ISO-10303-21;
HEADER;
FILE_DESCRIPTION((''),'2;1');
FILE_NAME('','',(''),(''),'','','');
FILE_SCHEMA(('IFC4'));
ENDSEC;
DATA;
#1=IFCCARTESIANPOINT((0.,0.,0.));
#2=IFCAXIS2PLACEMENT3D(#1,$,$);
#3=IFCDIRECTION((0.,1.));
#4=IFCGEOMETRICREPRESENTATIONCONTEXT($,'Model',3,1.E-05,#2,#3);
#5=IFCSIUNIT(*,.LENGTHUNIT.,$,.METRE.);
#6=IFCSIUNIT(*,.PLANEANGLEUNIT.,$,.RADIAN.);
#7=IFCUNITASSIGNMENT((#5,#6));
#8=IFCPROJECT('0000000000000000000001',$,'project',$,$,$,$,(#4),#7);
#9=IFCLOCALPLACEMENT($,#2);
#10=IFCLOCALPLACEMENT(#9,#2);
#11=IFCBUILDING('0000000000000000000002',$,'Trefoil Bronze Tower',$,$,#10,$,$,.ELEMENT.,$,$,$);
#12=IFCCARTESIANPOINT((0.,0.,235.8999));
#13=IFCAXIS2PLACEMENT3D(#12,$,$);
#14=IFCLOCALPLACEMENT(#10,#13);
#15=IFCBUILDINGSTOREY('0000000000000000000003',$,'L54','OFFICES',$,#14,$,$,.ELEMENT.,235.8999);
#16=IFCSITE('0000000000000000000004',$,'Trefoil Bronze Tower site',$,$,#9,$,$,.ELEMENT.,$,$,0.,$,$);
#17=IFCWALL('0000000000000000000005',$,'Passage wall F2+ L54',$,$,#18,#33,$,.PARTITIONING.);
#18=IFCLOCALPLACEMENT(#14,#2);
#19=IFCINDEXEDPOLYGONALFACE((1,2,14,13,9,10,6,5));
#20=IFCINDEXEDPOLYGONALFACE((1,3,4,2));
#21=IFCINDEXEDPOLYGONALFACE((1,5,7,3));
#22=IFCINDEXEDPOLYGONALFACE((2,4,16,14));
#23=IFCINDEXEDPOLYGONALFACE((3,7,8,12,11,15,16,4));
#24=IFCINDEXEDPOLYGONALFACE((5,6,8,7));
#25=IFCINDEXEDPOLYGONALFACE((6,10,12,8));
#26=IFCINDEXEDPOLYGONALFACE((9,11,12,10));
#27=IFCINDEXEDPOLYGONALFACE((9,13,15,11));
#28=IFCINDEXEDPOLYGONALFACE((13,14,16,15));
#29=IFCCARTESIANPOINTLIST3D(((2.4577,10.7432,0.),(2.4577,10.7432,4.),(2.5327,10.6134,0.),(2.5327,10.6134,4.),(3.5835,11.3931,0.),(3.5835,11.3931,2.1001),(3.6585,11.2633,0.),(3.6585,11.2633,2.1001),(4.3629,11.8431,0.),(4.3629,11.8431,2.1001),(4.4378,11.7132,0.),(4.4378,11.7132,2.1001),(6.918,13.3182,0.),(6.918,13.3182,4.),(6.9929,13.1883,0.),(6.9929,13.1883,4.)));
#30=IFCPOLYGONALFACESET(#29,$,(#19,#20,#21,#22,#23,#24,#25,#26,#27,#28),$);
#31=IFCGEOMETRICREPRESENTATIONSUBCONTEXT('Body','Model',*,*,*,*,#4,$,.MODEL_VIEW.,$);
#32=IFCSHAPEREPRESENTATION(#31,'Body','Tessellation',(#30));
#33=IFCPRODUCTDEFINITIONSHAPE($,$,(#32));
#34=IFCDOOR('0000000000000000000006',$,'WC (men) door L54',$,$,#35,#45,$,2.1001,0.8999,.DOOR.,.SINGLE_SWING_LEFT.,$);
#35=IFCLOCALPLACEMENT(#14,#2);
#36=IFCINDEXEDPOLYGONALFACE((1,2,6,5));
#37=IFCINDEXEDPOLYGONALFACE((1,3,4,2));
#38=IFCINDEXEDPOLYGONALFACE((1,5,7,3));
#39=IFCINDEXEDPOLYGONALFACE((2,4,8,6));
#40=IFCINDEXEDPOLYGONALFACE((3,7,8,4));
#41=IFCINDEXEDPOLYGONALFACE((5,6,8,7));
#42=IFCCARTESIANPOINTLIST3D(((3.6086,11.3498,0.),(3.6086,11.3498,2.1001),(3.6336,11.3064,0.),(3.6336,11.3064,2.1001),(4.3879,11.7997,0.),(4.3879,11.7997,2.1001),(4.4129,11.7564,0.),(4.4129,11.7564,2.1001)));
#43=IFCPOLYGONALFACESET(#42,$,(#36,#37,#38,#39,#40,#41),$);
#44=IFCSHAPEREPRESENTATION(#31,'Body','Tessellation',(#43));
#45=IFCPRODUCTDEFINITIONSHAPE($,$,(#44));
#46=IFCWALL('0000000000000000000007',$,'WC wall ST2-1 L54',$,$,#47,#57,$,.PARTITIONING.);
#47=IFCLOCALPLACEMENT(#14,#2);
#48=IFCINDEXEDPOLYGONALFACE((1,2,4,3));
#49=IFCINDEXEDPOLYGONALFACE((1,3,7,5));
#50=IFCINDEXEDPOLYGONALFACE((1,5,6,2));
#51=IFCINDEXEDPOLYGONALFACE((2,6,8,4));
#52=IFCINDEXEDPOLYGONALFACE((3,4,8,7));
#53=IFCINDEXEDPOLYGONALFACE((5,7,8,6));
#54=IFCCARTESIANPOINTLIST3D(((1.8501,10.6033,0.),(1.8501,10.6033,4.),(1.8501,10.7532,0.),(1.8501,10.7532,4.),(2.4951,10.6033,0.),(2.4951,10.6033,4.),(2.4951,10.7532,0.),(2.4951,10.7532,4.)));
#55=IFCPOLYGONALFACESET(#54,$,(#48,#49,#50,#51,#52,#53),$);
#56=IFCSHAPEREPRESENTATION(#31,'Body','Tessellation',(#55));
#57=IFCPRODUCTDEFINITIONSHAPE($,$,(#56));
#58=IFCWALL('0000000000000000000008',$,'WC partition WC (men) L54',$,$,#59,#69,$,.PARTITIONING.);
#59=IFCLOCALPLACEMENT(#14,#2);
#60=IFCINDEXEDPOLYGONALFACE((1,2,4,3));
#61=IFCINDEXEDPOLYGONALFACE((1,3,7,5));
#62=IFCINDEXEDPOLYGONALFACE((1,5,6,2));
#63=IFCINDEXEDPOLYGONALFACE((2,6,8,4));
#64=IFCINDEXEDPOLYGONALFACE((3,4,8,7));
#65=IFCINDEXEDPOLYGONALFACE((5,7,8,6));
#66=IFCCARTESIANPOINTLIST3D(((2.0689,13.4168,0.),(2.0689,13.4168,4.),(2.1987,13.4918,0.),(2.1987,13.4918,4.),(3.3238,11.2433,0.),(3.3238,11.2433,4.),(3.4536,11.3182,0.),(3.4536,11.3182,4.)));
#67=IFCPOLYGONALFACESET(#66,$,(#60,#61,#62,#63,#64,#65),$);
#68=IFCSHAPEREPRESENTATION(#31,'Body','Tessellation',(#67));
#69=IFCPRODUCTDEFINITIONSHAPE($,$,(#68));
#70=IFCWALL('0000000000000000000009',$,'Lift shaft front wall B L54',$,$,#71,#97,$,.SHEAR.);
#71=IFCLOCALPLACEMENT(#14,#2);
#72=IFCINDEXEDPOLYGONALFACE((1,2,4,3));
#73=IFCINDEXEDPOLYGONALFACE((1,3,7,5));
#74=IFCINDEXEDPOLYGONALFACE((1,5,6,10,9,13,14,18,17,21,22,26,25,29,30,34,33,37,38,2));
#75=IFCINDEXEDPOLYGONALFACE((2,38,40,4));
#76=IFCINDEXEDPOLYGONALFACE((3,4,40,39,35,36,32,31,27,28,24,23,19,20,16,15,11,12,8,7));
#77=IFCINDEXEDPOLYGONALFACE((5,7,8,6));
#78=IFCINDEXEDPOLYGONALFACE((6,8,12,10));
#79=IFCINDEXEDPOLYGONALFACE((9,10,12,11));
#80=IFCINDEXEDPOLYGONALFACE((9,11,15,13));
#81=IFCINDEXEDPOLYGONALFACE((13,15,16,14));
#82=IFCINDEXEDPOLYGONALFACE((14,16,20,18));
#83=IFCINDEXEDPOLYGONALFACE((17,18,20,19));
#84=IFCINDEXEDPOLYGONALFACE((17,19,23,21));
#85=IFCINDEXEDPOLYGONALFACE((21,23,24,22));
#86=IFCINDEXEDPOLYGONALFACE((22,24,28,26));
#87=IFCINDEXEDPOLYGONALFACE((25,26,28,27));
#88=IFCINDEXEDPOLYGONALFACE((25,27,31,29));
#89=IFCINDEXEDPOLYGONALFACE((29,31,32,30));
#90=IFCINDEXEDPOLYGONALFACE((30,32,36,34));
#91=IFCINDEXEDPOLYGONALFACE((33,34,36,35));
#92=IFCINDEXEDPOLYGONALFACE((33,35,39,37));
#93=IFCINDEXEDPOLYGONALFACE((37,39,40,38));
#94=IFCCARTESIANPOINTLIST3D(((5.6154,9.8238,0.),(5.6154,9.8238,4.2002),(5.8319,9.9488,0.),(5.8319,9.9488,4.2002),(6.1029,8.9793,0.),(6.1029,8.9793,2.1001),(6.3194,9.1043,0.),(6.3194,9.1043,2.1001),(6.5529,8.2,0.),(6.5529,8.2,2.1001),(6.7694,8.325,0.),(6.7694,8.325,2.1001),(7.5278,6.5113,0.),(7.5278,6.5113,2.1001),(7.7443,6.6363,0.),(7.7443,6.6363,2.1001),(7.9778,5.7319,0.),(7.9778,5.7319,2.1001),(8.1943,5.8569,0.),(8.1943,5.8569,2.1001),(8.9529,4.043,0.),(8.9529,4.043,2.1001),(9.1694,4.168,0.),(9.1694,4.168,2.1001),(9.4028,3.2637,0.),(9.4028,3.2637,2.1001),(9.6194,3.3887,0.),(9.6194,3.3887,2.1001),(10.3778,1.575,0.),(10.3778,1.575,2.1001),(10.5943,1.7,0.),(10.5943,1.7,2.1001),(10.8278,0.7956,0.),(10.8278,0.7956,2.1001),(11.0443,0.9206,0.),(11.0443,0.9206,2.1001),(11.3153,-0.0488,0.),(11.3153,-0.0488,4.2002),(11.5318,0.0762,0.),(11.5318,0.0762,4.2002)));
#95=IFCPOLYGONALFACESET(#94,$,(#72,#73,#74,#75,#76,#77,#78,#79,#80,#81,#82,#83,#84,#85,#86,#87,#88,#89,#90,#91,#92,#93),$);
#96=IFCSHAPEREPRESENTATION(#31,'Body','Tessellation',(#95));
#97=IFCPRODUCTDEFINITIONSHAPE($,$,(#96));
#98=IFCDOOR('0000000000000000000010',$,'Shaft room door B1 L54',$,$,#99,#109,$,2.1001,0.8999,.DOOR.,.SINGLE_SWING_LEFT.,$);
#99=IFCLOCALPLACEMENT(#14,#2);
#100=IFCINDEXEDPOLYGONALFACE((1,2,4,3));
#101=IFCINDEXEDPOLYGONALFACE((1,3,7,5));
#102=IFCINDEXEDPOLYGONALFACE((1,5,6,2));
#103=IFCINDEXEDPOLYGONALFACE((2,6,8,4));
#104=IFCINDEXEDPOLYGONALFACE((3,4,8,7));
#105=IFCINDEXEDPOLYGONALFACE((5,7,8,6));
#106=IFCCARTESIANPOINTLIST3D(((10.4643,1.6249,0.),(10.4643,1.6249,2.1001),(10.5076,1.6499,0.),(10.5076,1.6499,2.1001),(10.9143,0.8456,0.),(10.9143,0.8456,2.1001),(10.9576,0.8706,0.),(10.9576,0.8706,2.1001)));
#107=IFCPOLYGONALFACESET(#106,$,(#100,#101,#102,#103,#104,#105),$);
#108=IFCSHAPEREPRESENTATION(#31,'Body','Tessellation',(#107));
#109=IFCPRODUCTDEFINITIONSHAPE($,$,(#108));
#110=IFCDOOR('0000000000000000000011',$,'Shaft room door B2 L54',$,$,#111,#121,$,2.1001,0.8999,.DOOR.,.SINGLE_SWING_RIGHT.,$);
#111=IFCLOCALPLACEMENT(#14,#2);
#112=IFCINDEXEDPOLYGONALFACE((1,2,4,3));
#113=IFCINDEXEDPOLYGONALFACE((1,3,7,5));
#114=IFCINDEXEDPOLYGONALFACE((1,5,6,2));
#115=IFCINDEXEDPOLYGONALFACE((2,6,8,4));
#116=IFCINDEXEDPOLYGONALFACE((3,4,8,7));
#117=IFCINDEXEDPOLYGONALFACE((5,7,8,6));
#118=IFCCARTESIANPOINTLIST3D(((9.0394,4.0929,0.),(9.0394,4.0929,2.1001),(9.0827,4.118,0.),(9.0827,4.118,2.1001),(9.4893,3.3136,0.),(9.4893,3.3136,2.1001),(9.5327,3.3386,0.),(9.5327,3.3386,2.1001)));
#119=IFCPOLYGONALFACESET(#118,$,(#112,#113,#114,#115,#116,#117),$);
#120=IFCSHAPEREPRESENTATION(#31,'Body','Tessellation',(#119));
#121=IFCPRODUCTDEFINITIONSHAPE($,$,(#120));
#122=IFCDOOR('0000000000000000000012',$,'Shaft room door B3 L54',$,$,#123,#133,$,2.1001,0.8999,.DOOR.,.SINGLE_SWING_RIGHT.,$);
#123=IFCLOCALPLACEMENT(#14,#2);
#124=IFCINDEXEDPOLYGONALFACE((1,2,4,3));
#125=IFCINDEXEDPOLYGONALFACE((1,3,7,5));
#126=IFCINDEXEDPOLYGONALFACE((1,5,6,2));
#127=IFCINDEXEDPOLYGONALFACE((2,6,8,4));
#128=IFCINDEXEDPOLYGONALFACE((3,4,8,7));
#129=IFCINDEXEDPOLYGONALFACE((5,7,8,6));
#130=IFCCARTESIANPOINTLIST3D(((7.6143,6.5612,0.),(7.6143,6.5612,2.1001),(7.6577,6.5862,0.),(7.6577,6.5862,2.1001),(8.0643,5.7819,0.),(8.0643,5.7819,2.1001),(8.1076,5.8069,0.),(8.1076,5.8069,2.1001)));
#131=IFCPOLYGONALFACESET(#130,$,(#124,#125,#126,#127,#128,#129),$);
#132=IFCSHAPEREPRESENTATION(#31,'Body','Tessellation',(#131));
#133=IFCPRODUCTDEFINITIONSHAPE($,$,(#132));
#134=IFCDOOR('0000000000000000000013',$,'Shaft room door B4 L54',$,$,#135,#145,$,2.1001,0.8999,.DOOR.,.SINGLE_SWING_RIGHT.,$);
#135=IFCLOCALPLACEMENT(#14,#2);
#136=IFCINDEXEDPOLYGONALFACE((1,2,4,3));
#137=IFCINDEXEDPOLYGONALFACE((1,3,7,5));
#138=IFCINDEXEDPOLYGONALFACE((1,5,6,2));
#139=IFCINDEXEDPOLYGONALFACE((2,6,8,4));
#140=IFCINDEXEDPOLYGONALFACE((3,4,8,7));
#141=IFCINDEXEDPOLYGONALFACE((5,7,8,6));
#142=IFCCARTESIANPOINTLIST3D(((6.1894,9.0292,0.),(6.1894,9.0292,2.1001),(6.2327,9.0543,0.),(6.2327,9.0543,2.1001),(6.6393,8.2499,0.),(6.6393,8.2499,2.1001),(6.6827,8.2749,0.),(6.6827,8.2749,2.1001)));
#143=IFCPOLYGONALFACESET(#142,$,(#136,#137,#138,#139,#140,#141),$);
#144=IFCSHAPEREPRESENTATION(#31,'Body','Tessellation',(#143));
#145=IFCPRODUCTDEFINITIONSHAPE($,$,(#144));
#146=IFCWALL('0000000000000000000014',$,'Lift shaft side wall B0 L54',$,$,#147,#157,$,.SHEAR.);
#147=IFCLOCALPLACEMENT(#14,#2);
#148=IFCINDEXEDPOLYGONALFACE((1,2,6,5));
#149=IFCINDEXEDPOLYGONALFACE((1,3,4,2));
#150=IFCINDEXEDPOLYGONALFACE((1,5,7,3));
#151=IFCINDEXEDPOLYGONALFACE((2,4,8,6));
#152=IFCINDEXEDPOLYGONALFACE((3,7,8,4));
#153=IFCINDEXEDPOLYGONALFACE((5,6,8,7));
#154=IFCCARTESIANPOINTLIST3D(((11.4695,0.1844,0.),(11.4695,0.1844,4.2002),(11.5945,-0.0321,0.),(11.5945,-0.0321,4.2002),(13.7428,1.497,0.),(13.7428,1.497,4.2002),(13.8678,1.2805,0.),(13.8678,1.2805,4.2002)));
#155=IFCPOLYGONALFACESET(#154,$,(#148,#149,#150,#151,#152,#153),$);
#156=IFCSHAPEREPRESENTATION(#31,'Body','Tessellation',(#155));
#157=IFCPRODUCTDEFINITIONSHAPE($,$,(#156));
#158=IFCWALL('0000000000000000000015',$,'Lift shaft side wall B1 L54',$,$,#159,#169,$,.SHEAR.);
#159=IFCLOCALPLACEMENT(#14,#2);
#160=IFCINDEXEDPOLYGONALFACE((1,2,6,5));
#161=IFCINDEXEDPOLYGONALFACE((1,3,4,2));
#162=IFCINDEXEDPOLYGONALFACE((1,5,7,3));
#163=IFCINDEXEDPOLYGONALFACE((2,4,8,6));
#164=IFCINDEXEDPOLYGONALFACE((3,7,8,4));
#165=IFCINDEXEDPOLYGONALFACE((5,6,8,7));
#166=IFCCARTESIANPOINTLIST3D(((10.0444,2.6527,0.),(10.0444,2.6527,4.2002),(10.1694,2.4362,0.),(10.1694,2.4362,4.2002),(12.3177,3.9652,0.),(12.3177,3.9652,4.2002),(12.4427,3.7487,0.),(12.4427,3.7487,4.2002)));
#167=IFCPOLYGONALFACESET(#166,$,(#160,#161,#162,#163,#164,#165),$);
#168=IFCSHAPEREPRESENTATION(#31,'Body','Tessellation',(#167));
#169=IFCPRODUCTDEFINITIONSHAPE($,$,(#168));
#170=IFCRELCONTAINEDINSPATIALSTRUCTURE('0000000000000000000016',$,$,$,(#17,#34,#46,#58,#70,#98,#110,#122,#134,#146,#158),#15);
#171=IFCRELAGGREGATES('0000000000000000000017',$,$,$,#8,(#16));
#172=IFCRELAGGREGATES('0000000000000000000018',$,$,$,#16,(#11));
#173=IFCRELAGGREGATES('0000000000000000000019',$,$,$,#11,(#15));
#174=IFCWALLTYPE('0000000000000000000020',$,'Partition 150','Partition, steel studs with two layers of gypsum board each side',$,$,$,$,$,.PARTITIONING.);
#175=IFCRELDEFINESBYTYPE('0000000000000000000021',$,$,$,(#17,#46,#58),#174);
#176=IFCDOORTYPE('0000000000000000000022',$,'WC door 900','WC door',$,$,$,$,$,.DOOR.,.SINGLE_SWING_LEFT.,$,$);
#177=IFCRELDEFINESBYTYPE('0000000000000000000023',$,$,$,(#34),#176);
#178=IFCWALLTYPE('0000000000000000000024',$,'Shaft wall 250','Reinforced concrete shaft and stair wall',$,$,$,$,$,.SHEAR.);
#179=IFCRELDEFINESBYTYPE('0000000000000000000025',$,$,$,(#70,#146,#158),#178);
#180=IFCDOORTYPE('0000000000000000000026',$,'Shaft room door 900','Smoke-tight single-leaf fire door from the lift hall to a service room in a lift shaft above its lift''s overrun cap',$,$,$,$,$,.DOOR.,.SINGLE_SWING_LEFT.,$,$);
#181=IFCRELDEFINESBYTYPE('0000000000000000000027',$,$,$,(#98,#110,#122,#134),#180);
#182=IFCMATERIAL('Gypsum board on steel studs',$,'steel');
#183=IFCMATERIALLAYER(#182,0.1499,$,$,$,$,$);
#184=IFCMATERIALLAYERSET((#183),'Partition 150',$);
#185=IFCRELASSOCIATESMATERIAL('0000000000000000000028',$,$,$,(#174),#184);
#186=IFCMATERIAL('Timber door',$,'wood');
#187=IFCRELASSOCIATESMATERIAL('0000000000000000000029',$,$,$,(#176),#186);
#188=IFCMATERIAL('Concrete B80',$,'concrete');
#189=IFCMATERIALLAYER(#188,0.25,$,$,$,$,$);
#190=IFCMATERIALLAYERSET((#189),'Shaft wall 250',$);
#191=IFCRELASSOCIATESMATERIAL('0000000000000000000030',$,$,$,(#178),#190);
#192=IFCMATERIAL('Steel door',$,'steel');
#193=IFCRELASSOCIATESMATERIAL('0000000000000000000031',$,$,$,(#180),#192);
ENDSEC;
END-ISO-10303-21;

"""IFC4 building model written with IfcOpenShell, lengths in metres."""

from ifc_helpers import new_model, si_unit, direction, frame, frame_2d, origin, place, context, subcontext, project, spatial, rectangle, extrude, material, layer, layer_set, type_object, element, fill, save


model = new_model("IFC4")

# Units and contexts
model_context = context("Model", 3, precision=1e-05, world=origin(), true_north=direction((0.0, 1.0)))
body_context = subcontext(model_context, "Body", "Model", "MODEL_VIEW")
ifc_project = project(units=[si_unit("LENGTHUNIT", "METRE"), si_unit("PLANEANGLEUNIT", "RADIAN")], contexts=[model_context])

# Site, building, storey
site_placement = place(None, origin())
site = spatial("IfcSite", under=ifc_project, at=site_placement, Name="Trefoil Bronze Tower site", CompositionType="ELEMENT", RefElevation=0.0)
building_placement = place(site_placement, origin())
building = spatial("IfcBuilding", under=site, at=building_placement, Name="Trefoil Bronze Tower", CompositionType="ELEMENT")
storey_placement = place(building_placement, frame((0.0, 0.0, 235.8999)))
storey = spatial("IfcBuildingStorey", under=building, at=storey_placement, Name="L54", Description="OFFICES", CompositionType="ELEMENT", Elevation=235.8999)

# Wall, opening, door
ifc_material_1 = material(Name="Gypsum board on steel studs", Category="steel")
ifc_layer_1 = layer(ifc_material_1, 0.1499)
ifc_layer_set_1 = layer_set([ifc_layer_1], Name="Partition 150")
wall_type_1 = type_object("IfcWallType", Name="Partition 150", Description="Partition, steel studs with two layers of gypsum board each side", PredefinedType="PARTITIONING", material=ifc_layer_set_1)
wall_1_placement = place(storey_placement, frame((2.4951, 10.6782, 0.0), z_axis=(0.0, 0.0, 1.0), x_axis=(0.866038, 0.499978, 0.0)))
wall_1 = element("IfcWall", 1, at=wall_1_placement, inside=storey, type_object=wall_type_1, Name="Passage wall F2+ L54", PredefinedType="PARTITIONING", context=body_context, shape_type="SweptSolid", body=[
    extrude(rectangle(XDim=5.1501, YDim=0.1499, at=frame_2d((2.5752, 0.0))), origin(), (0.0, 0.0, 1.0), 4.0),
])
opening_1_placement = place(wall_1_placement, frame((1.3, 0.0, 0.0)))
opening_1 = element("IfcOpeningElement", 2, at=opening_1_placement, cuts=wall_1, PredefinedType="OPENING", context=body_context, shape_type="SweptSolid", body=[
    extrude(rectangle(XDim=0.8999, YDim=2.1001, at=frame_2d((0.45, 1.05))), frame((0.0, 0.085, 0.0), z_axis=(0.0, -1.0, 0.0), x_axis=(1.0, 0.0, 0.0)), (0.0, 0.0, 1.0), 0.1699),
])
ifc_material_2 = material(Name="Timber door", Category="wood")
door_type_1 = type_object("IfcDoorType", Name="WC door 900", Description="WC door", OperationType="SINGLE_SWING_LEFT", PredefinedType="DOOR", material=ifc_material_2)
door_1_placement = place(opening_1_placement, origin())
door_1 = element("IfcDoor", 3, at=door_1_placement, inside=storey, type_object=door_type_1, Name="WC (men) door L54", OperationType="SINGLE_SWING_LEFT", OverallHeight=2.1001, OverallWidth=0.8999, PredefinedType="DOOR", context=body_context, shape_type="SweptSolid", body=[
    extrude(rectangle(XDim=0.8999, YDim=2.1001, at=frame_2d((0.45, 1.05))), frame((0.0, 0.0249, 0.0), z_axis=(0.0, -1.0, 0.0), x_axis=(1.0, 0.0, 0.0)), (0.0, 0.0, 1.0), 0.05),
])
fill(opening_1, door_1)

# Walls
wall_2_placement = place(storey_placement, frame((2.4951, 10.6782, 0.0), z_axis=(0.0, 0.0, 1.0), x_axis=(-1.0, 0.0, 0.0)))
element("IfcWall", 4, at=wall_2_placement, inside=storey, type_object=wall_type_1, Name="WC wall ST2-1 L54", PredefinedType="PARTITIONING", context=body_context, shape_type="SweptSolid", body=[
    extrude(rectangle(XDim=0.645, YDim=0.1499, at=frame_2d((0.3225, 0.0))), origin(), (0.0, 0.0, 1.0), 4.0),
])
wall_3_placement = place(storey_placement, frame((3.3887, 11.2808, 0.0), z_axis=(0.0, 0.0, 1.0), x_axis=(-0.499989, 0.866032, 0.0)))
element("IfcWall", 5, at=wall_3_placement, inside=storey, type_object=wall_type_1, Name="WC partition WC (men) L54", PredefinedType="PARTITIONING", context=body_context, shape_type="SweptSolid", body=[
    extrude(rectangle(XDim=2.5098, YDim=0.1499, at=frame_2d((1.2549, 0.0))), origin(), (0.0, 0.0, 1.0), 4.0),
])

# Wall, openings, doors
ifc_material_3 = material(Name="Concrete B80", Category="concrete")
ifc_layer_2 = layer(ifc_material_3, 0.25)
ifc_layer_set_2 = layer_set([ifc_layer_2], Name="Shaft wall 250")
wall_type_2 = type_object("IfcWallType", Name="Shaft wall 250", Description="Reinforced concrete shaft and stair wall", PredefinedType="SHEAR", material=ifc_layer_set_2)
wall_4_placement = place(storey_placement, frame((11.4236, 0.0137, 0.0), z_axis=(0.0, 0.0, 1.0), x_axis=(-0.500002, 0.866024, 0.0)))
wall_4 = element("IfcWall", 6, at=wall_4_placement, inside=storey, type_object=wall_type_2, Name="Lift shaft front wall B L54", PredefinedType="SHEAR", context=body_context, shape_type="SweptSolid", body=[
    extrude(rectangle(XDim=11.3999, YDim=0.25, at=frame_2d((5.7, 0.0))), origin(), (0.0, 0.0, 1.0), 4.2002),
])
opening_2_placement = place(wall_4_placement, frame((0.9751, 0.0, 0.0)))
opening_2 = element("IfcOpeningElement", 7, at=opening_2_placement, cuts=wall_4, PredefinedType="OPENING", context=body_context, shape_type="SweptSolid", body=[
    extrude(rectangle(XDim=0.8999, YDim=2.1001, at=frame_2d((0.45, 1.05))), frame((0.0, 0.135, 0.0), z_axis=(0.0, -1.0, 0.0), x_axis=(1.0, 0.0, 0.0)), (0.0, 0.0, 1.0), 0.27),
])
opening_3_placement = place(wall_4_placement, frame((3.825, 0.0, 0.0)))
opening_3 = element("IfcOpeningElement", 8, at=opening_3_placement, cuts=wall_4, PredefinedType="OPENING", context=body_context, shape_type="SweptSolid", body=[
    extrude(rectangle(XDim=0.8999, YDim=2.1001, at=frame_2d((0.45, 1.05))), frame((0.0, 0.135, 0.0), z_axis=(0.0, -1.0, 0.0), x_axis=(1.0, 0.0, 0.0)), (0.0, 0.0, 1.0), 0.27),
])
opening_4_placement = place(wall_4_placement, frame((6.675, 0.0, 0.0)))
opening_4 = element("IfcOpeningElement", 9, at=opening_4_placement, cuts=wall_4, PredefinedType="OPENING", context=body_context, shape_type="SweptSolid", body=[
    extrude(rectangle(XDim=0.8999, YDim=2.1001, at=frame_2d((0.45, 1.05))), frame((0.0, 0.135, 0.0), z_axis=(0.0, -1.0, 0.0), x_axis=(1.0, 0.0, 0.0)), (0.0, 0.0, 1.0), 0.27),
])
opening_5_placement = place(wall_4_placement, frame((9.5249, 0.0, 0.0)))
opening_5 = element("IfcOpeningElement", 10, at=opening_5_placement, cuts=wall_4, PredefinedType="OPENING", context=body_context, shape_type="SweptSolid", body=[
    extrude(rectangle(XDim=0.8999, YDim=2.1001, at=frame_2d((0.45, 1.05))), frame((0.0, 0.135, 0.0), z_axis=(0.0, -1.0, 0.0), x_axis=(1.0, 0.0, 0.0)), (0.0, 0.0, 1.0), 0.27),
])
ifc_material_4 = material(Name="Steel door", Category="steel")
door_type_2 = type_object("IfcDoorType", Name="Shaft room door 900", Description="Smoke-tight single-leaf fire door from the lift hall to a service room in a lift shaft above its lift's overrun cap", OperationType="SINGLE_SWING_LEFT", PredefinedType="DOOR", material=ifc_material_4)
door_2_placement = place(opening_2_placement, frame((0.8999, 0.0, 0.0), z_axis=(0.0, 0.0, 1.0), x_axis=(-1.0, 0.0, 0.0)))
door_2 = element("IfcDoor", 11, at=door_2_placement, inside=storey, type_object=door_type_2, Name="Shaft room door B1 L54", OperationType="SINGLE_SWING_LEFT", OverallHeight=2.1001, OverallWidth=0.8999, PredefinedType="DOOR", context=body_context, shape_type="SweptSolid", body=[
    extrude(rectangle(XDim=0.8999, YDim=2.1001, at=frame_2d((0.45, 1.05))), frame((0.0, 0.0249, 0.0), z_axis=(0.0, -1.0, 0.0), x_axis=(1.0, 0.0, 0.0)), (0.0, 0.0, 1.0), 0.05),
])
fill(opening_2, door_2)
door_3_placement = place(opening_3_placement, frame((0.8999, 0.0, 0.0), z_axis=(0.0, 0.0, 1.0), x_axis=(-1.0, 0.0, 0.0)))
door_3 = element("IfcDoor", 12, at=door_3_placement, inside=storey, type_object=door_type_2, Name="Shaft room door B2 L54", OperationType="SINGLE_SWING_RIGHT", OverallHeight=2.1001, OverallWidth=0.8999, PredefinedType="DOOR", context=body_context, shape_type="SweptSolid", body=[
    extrude(rectangle(XDim=0.8999, YDim=2.1001, at=frame_2d((0.45, 1.05))), frame((0.0, 0.0249, 0.0), z_axis=(0.0, -1.0, 0.0), x_axis=(1.0, 0.0, 0.0)), (0.0, 0.0, 1.0), 0.05),
])
fill(opening_3, door_3)
door_4_placement = place(opening_4_placement, frame((0.8999, 0.0, 0.0), z_axis=(0.0, 0.0, 1.0), x_axis=(-1.0, 0.0, 0.0)))
door_4 = element("IfcDoor", 13, at=door_4_placement, inside=storey, type_object=door_type_2, Name="Shaft room door B3 L54", OperationType="SINGLE_SWING_RIGHT", OverallHeight=2.1001, OverallWidth=0.8999, PredefinedType="DOOR", context=body_context, shape_type="SweptSolid", body=[
    extrude(rectangle(XDim=0.8999, YDim=2.1001, at=frame_2d((0.45, 1.05))), frame((0.0, 0.0249, 0.0), z_axis=(0.0, -1.0, 0.0), x_axis=(1.0, 0.0, 0.0)), (0.0, 0.0, 1.0), 0.05),
])
fill(opening_4, door_4)
door_5_placement = place(opening_5_placement, frame((0.8999, 0.0, 0.0), z_axis=(0.0, 0.0, 1.0), x_axis=(-1.0, 0.0, 0.0)))
door_5 = element("IfcDoor", 14, at=door_5_placement, inside=storey, type_object=door_type_2, Name="Shaft room door B4 L54", OperationType="SINGLE_SWING_RIGHT", OverallHeight=2.1001, OverallWidth=0.8999, PredefinedType="DOOR", context=body_context, shape_type="SweptSolid", body=[
    extrude(rectangle(XDim=0.8999, YDim=2.1001, at=frame_2d((0.45, 1.05))), frame((0.0, 0.0249, 0.0), z_axis=(0.0, -1.0, 0.0), x_axis=(1.0, 0.0, 0.0)), (0.0, 0.0, 1.0), 0.05),
])
fill(opening_5, door_5)

# Walls
for number, where, z_axis, x_axis, name in (
    (15, (11.532, 0.0762, 0.0), (0.0, 0.0, 1.0), (0.866014, 0.50002, 0.0), "Lift shaft side wall B0 L54"),
    (16, (10.1069, 2.5444, 0.0), (0.0, 0.0, 1.0), (0.866014, 0.50002, 0.0), "Lift shaft side wall B1 L54"),
):
    element("IfcWall", number, at=place(storey_placement, frame(where, z_axis=z_axis, x_axis=x_axis)), inside=storey, type_object=wall_type_2, Name=name, PredefinedType="SHEAR", context=body_context, shape_type="SweptSolid", body=[
        extrude(rectangle(XDim=2.625, YDim=0.25, at=frame_2d((1.3125, 0.0))), origin(), (0.0, 0.0, 1.0), 4.2002),
    ])

save(model, "model.ifc")
